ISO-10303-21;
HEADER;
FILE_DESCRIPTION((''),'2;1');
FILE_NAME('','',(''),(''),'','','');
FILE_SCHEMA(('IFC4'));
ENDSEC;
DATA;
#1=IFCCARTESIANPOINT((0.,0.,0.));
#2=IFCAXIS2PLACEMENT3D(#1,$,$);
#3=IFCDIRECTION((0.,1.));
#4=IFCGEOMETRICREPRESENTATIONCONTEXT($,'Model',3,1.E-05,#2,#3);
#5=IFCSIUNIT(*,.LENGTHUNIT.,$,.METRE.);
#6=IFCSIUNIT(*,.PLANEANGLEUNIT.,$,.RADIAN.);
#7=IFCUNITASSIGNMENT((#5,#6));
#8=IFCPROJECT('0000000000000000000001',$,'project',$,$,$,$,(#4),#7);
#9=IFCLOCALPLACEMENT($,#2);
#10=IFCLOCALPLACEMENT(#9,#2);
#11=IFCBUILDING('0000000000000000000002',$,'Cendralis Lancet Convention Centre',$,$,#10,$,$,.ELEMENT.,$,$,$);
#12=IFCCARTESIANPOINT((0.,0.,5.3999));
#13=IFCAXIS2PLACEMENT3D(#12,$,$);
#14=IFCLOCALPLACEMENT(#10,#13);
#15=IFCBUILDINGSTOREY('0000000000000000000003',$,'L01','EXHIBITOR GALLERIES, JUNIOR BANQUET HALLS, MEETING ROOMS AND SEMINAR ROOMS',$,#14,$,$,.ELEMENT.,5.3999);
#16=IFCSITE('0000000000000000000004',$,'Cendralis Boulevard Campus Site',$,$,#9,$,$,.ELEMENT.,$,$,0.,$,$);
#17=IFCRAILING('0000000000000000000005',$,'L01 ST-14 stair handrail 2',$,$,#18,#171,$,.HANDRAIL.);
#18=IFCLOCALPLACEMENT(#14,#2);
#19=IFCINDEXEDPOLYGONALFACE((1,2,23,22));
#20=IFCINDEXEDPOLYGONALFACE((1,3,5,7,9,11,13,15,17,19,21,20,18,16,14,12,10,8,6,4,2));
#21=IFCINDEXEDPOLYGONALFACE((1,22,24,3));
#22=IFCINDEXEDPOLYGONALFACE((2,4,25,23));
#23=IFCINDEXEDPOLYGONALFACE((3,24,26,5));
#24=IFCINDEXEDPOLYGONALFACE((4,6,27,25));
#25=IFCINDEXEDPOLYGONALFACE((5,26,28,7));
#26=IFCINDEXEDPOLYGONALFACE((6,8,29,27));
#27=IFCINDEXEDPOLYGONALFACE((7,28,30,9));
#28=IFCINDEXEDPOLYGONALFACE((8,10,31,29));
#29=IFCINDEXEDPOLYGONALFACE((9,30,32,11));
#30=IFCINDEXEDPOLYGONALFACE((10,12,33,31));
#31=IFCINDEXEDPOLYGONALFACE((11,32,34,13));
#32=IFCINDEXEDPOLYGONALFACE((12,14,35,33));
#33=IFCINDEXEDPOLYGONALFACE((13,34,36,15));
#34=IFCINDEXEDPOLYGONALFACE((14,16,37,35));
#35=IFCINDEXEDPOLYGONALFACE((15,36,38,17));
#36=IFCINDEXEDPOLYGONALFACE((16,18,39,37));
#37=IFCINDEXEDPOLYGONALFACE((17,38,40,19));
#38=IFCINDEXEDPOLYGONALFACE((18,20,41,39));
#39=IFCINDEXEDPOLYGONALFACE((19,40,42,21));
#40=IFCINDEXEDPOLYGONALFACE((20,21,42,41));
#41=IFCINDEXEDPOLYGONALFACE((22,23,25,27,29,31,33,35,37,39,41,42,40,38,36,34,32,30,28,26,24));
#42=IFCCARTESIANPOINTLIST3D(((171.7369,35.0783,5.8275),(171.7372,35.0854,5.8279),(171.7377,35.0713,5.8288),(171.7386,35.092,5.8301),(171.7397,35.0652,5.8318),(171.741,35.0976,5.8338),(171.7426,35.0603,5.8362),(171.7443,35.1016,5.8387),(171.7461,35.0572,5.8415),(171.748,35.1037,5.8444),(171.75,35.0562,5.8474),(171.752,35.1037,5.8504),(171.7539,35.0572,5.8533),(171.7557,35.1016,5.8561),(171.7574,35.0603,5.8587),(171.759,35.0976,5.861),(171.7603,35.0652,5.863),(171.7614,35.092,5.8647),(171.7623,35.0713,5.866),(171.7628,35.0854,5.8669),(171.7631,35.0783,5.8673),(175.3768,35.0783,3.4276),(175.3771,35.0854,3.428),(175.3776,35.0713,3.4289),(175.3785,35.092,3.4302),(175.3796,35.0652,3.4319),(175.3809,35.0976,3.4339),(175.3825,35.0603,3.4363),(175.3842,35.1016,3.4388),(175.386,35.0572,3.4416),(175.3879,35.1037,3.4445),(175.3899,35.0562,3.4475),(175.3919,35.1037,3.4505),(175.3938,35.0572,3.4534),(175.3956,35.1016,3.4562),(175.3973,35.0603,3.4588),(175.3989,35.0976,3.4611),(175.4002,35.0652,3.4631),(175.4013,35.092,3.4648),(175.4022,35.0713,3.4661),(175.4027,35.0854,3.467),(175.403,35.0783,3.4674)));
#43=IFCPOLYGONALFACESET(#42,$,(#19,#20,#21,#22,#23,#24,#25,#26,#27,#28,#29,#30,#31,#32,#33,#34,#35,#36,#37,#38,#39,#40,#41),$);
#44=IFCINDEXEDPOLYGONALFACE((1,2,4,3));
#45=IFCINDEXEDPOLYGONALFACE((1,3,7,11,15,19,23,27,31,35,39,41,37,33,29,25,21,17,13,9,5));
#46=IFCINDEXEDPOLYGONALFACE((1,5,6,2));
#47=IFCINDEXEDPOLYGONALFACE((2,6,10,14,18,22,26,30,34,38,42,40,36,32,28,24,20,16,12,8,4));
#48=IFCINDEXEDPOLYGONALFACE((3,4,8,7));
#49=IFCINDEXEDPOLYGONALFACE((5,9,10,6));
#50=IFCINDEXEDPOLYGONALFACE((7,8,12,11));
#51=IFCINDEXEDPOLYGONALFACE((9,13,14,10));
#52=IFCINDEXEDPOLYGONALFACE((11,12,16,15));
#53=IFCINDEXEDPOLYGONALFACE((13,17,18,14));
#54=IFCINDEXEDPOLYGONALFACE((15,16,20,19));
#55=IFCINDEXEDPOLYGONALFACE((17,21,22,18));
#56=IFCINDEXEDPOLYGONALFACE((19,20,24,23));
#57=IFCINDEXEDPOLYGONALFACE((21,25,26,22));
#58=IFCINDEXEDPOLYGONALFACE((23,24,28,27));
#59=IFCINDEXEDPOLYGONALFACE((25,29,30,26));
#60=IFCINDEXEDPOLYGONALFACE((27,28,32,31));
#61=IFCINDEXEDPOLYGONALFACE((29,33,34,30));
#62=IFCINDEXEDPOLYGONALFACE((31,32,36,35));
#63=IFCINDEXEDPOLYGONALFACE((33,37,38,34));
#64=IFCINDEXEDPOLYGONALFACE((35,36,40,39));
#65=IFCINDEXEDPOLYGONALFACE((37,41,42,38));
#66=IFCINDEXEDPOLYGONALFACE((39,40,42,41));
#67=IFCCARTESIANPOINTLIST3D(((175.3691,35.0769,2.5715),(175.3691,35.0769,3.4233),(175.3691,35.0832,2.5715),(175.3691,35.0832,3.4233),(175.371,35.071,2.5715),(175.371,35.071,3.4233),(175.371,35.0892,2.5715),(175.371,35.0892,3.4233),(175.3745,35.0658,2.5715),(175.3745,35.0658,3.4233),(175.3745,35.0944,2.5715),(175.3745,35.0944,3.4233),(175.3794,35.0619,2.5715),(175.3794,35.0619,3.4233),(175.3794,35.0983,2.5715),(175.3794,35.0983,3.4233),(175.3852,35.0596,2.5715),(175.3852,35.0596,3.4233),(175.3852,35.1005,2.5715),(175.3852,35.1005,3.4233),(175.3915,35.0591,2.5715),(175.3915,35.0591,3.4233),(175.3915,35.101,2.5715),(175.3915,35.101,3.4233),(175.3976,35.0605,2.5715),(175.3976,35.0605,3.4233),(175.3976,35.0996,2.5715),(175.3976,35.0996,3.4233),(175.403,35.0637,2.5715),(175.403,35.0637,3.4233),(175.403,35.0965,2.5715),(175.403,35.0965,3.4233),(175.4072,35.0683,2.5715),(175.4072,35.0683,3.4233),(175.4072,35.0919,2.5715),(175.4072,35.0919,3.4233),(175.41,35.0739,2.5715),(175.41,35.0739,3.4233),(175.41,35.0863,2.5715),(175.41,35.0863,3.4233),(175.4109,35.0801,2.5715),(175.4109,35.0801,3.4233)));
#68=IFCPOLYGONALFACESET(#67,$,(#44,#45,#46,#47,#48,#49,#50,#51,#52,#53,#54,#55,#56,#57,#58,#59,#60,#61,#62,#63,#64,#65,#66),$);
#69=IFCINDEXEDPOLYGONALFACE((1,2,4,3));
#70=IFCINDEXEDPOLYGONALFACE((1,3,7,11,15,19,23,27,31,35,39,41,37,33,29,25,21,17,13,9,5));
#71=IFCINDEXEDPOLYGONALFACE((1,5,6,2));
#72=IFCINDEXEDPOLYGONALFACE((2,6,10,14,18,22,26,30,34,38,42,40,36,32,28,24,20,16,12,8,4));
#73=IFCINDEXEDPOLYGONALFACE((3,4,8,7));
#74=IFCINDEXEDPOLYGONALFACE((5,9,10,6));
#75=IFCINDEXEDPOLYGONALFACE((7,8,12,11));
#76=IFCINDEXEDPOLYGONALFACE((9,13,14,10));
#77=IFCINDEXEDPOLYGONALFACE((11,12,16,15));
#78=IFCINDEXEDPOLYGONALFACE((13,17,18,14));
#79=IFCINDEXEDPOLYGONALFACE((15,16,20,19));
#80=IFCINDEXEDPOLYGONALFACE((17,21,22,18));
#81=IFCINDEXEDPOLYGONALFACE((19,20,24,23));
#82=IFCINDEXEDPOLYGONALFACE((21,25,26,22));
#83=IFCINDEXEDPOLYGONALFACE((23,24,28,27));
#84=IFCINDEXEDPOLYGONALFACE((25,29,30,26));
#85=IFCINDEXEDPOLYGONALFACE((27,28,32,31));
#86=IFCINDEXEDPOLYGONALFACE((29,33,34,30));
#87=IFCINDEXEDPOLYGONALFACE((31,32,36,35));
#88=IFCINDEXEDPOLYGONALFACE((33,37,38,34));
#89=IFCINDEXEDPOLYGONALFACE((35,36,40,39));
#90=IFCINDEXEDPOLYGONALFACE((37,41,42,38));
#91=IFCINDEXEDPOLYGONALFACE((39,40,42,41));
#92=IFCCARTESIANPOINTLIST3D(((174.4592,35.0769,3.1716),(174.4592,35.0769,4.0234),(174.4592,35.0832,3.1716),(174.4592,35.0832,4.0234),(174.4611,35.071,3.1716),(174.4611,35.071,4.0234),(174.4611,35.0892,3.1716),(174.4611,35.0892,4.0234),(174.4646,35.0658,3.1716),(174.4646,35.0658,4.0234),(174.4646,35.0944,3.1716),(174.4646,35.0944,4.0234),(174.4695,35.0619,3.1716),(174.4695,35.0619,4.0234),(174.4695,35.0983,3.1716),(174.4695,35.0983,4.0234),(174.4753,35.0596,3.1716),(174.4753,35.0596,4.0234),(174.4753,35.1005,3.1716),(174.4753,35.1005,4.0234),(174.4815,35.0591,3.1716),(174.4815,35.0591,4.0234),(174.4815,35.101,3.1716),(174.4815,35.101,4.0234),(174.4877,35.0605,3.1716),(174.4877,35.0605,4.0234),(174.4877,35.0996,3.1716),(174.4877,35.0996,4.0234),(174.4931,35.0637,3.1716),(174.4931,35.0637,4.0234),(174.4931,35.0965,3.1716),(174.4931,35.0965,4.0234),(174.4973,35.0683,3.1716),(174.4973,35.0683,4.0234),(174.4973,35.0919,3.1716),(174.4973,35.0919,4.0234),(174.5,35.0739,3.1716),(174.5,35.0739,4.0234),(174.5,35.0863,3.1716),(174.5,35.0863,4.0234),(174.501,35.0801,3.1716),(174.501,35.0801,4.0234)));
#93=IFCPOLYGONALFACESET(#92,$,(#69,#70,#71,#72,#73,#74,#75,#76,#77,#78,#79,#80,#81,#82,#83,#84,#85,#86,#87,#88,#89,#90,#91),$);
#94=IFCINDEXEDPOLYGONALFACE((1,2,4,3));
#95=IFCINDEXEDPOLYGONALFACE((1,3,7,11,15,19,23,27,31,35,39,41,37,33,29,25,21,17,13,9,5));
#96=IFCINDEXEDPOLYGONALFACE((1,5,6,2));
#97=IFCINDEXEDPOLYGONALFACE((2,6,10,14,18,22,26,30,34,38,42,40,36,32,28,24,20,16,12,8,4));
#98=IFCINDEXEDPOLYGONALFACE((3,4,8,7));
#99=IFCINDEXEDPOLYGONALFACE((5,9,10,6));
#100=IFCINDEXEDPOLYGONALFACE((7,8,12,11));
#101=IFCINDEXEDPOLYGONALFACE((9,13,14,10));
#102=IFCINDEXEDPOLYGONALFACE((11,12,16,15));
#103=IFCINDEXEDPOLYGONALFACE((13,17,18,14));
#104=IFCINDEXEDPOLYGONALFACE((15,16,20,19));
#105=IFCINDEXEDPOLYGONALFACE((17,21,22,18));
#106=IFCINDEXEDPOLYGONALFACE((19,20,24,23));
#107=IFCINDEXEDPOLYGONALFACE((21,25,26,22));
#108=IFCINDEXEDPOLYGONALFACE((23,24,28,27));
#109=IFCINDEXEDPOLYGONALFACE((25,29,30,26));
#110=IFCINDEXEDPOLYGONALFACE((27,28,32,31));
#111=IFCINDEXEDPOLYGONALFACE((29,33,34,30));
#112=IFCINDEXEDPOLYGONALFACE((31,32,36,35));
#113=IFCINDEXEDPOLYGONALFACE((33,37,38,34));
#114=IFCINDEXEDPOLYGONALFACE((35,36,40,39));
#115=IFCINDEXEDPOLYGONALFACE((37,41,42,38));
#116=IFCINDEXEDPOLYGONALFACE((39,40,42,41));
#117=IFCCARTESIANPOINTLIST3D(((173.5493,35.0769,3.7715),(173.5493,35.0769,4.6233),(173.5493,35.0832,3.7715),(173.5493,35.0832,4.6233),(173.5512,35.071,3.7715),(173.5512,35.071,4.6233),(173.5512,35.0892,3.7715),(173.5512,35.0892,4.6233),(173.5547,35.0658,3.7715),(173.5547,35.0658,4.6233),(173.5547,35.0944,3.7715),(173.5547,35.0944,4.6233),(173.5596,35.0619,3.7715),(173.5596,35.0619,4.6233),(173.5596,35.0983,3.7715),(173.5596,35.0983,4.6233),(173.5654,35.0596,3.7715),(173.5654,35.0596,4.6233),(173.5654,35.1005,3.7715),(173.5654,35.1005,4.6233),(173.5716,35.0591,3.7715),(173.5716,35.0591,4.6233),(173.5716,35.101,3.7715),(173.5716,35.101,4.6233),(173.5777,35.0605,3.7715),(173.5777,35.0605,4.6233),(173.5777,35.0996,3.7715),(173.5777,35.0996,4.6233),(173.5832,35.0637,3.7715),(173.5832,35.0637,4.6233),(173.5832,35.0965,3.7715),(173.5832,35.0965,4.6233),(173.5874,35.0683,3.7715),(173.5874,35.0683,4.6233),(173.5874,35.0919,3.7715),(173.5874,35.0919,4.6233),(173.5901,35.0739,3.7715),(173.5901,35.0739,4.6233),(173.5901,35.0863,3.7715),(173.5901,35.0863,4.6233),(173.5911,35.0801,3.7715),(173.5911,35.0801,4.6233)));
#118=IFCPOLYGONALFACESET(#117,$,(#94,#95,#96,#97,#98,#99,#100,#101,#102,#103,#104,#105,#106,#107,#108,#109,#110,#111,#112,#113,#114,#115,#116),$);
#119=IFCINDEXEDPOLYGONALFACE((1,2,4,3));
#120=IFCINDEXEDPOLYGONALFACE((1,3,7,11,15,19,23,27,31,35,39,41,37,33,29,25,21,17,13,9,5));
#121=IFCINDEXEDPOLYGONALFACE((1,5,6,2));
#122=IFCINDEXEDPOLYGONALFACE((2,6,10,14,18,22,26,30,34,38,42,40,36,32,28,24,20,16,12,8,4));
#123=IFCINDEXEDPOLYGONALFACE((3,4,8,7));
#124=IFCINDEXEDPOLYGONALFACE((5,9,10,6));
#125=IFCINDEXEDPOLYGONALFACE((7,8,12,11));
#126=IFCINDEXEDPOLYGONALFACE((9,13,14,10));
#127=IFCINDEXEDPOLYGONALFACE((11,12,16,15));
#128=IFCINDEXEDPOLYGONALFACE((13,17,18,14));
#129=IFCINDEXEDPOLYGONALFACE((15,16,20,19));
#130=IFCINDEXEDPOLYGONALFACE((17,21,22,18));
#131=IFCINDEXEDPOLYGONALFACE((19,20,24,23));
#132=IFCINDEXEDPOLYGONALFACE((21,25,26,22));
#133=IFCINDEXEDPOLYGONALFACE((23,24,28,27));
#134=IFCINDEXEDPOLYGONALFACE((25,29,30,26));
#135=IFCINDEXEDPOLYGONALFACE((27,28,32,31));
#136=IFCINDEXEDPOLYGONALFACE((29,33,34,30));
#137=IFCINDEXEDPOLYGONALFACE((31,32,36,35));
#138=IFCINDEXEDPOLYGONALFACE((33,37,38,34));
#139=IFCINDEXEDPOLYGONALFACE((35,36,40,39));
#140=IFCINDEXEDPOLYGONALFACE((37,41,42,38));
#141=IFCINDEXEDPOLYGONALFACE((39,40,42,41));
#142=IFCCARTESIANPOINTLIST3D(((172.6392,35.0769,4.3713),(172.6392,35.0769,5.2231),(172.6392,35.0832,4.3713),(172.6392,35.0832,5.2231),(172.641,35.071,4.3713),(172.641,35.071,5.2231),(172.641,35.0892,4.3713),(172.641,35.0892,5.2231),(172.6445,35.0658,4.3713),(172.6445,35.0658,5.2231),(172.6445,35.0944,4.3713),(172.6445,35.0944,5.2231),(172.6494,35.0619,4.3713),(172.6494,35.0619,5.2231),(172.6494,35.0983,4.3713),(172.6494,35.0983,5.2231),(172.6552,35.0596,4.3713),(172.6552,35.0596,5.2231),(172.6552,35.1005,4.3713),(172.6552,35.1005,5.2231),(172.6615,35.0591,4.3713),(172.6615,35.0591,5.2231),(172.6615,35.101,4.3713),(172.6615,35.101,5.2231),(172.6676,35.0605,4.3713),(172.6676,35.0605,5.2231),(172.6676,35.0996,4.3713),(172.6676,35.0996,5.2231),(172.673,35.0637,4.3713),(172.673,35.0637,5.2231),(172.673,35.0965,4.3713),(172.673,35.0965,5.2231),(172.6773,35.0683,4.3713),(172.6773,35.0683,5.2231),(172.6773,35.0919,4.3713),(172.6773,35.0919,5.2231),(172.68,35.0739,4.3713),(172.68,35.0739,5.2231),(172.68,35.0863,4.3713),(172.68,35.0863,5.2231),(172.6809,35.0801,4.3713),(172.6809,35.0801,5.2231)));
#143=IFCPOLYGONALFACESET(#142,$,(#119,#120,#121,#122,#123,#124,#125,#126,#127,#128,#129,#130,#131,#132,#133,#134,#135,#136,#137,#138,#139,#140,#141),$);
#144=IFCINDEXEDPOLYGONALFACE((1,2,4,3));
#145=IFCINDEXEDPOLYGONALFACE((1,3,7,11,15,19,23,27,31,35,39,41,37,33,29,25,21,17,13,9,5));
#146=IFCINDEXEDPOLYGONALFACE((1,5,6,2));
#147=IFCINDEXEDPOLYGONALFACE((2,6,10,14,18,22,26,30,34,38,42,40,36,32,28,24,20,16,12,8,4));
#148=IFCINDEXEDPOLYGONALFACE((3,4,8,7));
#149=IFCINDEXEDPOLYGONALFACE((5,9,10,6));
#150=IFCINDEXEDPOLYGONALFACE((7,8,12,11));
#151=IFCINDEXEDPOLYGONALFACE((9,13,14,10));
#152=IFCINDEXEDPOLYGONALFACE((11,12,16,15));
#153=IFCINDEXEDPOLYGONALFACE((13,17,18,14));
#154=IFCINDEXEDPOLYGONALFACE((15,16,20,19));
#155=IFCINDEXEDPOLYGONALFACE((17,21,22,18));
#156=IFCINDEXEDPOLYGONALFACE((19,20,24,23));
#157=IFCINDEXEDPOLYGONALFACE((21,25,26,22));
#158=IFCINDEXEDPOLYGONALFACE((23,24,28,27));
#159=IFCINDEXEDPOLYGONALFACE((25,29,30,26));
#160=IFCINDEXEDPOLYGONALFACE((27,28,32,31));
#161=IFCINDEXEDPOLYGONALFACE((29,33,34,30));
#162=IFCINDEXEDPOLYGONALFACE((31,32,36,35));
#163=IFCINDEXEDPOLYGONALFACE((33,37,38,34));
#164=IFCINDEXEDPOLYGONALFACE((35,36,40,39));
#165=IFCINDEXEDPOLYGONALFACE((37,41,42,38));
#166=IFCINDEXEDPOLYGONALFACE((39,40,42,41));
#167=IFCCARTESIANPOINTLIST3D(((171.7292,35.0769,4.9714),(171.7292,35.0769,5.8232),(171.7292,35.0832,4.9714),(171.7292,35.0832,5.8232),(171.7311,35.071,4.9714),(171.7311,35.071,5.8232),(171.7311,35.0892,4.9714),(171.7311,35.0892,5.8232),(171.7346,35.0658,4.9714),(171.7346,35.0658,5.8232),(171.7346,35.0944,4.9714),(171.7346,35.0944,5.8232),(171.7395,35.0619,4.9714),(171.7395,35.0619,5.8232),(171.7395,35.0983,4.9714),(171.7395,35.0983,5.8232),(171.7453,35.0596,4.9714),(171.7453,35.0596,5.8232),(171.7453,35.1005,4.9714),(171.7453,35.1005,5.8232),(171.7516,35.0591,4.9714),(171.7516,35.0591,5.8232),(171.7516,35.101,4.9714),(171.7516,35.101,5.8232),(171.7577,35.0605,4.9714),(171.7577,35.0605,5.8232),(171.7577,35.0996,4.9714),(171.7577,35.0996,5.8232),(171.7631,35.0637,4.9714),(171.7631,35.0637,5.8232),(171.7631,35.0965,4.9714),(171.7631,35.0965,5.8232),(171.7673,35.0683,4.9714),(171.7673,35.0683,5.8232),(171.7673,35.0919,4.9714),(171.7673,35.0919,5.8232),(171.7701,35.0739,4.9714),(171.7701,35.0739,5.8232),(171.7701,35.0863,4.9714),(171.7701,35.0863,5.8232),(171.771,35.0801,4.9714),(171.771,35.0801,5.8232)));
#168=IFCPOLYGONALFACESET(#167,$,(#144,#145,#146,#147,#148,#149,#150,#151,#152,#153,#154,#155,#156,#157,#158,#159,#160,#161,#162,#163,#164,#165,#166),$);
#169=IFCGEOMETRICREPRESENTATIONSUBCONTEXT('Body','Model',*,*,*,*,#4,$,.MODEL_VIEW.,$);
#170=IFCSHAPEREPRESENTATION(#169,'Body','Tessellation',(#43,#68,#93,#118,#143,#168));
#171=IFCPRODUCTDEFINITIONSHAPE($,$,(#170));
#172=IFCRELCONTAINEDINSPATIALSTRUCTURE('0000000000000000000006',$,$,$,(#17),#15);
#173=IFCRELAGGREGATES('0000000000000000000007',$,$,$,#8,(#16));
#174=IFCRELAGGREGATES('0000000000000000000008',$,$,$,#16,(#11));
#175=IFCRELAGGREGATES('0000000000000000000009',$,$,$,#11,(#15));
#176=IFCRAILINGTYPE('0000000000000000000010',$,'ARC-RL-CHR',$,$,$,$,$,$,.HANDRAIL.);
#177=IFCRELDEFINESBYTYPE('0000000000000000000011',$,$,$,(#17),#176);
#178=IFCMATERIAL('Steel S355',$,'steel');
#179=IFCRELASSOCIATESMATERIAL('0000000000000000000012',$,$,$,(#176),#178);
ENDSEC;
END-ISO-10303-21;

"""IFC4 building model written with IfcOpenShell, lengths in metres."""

from ifc_helpers import new_model, si_unit, direction, frame, origin, origin_2d, place, context, subcontext, project, spatial, circle, extrude, material, type_object, element, save


model = new_model("IFC4")

# Units and contexts
model_context = context("Model", 3, precision=1e-05, world=origin(), true_north=direction((0.0, 1.0)))
body_context = subcontext(model_context, "Body", "Model", "MODEL_VIEW")
ifc_project = project(units=[si_unit("LENGTHUNIT", "METRE"), si_unit("PLANEANGLEUNIT", "RADIAN")], contexts=[model_context])

# Site, building, storey
site_placement = place(None, origin())
site = spatial("IfcSite", under=ifc_project, at=site_placement, Name="Cendralis Boulevard Campus Site", CompositionType="ELEMENT", RefElevation=0.0)
building_placement = place(site_placement, origin())
building = spatial("IfcBuilding", under=site, at=building_placement, Name="Cendralis Lancet Convention Centre", CompositionType="ELEMENT")
storey_placement = place(building_placement, frame((0.0, 0.0, 5.3999)))
storey = spatial("IfcBuildingStorey", under=building, at=storey_placement, Name="L01", Description="EXHIBITOR GALLERIES, JUNIOR BANQUET HALLS, MEETING ROOMS AND SEMINAR ROOMS", CompositionType="ELEMENT", Elevation=5.3999)

# Shared definitions
ifc_material_1 = material(Name="Steel S355", Category="steel")

# Railing
railing_type_1 = type_object("IfcRailingType", Name="ARC-RL-CHR", PredefinedType="HANDRAIL", material=ifc_material_1)
railing_1_placement = place(storey_placement, frame((175.3899, 35.0801, 2.5715)))
element("IfcRailing", 1, at=railing_1_placement, inside=storey, type_object=railing_type_1, Name="L01 ST-14 stair handrail 2", PredefinedType="HANDRAIL", context=body_context, shape_type="SweptSolid", body=[
    extrude(circle(Radius=0.0239, at=origin_2d()), frame((0.0, 0.0, 0.876), z_axis=(-0.834865, 0.0, 0.550454), x_axis=(0.0, -1.0, 0.0)), (0.0, 0.0, 1.0), 4.3599),
    extrude(circle(Radius=0.021, at=origin_2d()), origin(), (0.0, 0.0, 1.0), 0.8518),
    extrude(circle(Radius=0.021, at=origin_2d()), frame((-0.9099, 0.0, 0.6001)), (0.0, 0.0, 1.0), 0.8518),
    extrude(circle(Radius=0.021, at=origin_2d()), frame((-1.8198, 0.0, 1.2)), (0.0, 0.0, 1.0), 0.8518),
    extrude(circle(Radius=0.021, at=origin_2d()), frame((-2.73, 0.0, 1.7998)), (0.0, 0.0, 1.0), 0.8518),
    extrude(circle(Radius=0.021, at=origin_2d()), frame((-3.6399, 0.0, 2.3999)), (0.0, 0.0, 1.0), 0.8518),
])

save(model, "model.ifc")
